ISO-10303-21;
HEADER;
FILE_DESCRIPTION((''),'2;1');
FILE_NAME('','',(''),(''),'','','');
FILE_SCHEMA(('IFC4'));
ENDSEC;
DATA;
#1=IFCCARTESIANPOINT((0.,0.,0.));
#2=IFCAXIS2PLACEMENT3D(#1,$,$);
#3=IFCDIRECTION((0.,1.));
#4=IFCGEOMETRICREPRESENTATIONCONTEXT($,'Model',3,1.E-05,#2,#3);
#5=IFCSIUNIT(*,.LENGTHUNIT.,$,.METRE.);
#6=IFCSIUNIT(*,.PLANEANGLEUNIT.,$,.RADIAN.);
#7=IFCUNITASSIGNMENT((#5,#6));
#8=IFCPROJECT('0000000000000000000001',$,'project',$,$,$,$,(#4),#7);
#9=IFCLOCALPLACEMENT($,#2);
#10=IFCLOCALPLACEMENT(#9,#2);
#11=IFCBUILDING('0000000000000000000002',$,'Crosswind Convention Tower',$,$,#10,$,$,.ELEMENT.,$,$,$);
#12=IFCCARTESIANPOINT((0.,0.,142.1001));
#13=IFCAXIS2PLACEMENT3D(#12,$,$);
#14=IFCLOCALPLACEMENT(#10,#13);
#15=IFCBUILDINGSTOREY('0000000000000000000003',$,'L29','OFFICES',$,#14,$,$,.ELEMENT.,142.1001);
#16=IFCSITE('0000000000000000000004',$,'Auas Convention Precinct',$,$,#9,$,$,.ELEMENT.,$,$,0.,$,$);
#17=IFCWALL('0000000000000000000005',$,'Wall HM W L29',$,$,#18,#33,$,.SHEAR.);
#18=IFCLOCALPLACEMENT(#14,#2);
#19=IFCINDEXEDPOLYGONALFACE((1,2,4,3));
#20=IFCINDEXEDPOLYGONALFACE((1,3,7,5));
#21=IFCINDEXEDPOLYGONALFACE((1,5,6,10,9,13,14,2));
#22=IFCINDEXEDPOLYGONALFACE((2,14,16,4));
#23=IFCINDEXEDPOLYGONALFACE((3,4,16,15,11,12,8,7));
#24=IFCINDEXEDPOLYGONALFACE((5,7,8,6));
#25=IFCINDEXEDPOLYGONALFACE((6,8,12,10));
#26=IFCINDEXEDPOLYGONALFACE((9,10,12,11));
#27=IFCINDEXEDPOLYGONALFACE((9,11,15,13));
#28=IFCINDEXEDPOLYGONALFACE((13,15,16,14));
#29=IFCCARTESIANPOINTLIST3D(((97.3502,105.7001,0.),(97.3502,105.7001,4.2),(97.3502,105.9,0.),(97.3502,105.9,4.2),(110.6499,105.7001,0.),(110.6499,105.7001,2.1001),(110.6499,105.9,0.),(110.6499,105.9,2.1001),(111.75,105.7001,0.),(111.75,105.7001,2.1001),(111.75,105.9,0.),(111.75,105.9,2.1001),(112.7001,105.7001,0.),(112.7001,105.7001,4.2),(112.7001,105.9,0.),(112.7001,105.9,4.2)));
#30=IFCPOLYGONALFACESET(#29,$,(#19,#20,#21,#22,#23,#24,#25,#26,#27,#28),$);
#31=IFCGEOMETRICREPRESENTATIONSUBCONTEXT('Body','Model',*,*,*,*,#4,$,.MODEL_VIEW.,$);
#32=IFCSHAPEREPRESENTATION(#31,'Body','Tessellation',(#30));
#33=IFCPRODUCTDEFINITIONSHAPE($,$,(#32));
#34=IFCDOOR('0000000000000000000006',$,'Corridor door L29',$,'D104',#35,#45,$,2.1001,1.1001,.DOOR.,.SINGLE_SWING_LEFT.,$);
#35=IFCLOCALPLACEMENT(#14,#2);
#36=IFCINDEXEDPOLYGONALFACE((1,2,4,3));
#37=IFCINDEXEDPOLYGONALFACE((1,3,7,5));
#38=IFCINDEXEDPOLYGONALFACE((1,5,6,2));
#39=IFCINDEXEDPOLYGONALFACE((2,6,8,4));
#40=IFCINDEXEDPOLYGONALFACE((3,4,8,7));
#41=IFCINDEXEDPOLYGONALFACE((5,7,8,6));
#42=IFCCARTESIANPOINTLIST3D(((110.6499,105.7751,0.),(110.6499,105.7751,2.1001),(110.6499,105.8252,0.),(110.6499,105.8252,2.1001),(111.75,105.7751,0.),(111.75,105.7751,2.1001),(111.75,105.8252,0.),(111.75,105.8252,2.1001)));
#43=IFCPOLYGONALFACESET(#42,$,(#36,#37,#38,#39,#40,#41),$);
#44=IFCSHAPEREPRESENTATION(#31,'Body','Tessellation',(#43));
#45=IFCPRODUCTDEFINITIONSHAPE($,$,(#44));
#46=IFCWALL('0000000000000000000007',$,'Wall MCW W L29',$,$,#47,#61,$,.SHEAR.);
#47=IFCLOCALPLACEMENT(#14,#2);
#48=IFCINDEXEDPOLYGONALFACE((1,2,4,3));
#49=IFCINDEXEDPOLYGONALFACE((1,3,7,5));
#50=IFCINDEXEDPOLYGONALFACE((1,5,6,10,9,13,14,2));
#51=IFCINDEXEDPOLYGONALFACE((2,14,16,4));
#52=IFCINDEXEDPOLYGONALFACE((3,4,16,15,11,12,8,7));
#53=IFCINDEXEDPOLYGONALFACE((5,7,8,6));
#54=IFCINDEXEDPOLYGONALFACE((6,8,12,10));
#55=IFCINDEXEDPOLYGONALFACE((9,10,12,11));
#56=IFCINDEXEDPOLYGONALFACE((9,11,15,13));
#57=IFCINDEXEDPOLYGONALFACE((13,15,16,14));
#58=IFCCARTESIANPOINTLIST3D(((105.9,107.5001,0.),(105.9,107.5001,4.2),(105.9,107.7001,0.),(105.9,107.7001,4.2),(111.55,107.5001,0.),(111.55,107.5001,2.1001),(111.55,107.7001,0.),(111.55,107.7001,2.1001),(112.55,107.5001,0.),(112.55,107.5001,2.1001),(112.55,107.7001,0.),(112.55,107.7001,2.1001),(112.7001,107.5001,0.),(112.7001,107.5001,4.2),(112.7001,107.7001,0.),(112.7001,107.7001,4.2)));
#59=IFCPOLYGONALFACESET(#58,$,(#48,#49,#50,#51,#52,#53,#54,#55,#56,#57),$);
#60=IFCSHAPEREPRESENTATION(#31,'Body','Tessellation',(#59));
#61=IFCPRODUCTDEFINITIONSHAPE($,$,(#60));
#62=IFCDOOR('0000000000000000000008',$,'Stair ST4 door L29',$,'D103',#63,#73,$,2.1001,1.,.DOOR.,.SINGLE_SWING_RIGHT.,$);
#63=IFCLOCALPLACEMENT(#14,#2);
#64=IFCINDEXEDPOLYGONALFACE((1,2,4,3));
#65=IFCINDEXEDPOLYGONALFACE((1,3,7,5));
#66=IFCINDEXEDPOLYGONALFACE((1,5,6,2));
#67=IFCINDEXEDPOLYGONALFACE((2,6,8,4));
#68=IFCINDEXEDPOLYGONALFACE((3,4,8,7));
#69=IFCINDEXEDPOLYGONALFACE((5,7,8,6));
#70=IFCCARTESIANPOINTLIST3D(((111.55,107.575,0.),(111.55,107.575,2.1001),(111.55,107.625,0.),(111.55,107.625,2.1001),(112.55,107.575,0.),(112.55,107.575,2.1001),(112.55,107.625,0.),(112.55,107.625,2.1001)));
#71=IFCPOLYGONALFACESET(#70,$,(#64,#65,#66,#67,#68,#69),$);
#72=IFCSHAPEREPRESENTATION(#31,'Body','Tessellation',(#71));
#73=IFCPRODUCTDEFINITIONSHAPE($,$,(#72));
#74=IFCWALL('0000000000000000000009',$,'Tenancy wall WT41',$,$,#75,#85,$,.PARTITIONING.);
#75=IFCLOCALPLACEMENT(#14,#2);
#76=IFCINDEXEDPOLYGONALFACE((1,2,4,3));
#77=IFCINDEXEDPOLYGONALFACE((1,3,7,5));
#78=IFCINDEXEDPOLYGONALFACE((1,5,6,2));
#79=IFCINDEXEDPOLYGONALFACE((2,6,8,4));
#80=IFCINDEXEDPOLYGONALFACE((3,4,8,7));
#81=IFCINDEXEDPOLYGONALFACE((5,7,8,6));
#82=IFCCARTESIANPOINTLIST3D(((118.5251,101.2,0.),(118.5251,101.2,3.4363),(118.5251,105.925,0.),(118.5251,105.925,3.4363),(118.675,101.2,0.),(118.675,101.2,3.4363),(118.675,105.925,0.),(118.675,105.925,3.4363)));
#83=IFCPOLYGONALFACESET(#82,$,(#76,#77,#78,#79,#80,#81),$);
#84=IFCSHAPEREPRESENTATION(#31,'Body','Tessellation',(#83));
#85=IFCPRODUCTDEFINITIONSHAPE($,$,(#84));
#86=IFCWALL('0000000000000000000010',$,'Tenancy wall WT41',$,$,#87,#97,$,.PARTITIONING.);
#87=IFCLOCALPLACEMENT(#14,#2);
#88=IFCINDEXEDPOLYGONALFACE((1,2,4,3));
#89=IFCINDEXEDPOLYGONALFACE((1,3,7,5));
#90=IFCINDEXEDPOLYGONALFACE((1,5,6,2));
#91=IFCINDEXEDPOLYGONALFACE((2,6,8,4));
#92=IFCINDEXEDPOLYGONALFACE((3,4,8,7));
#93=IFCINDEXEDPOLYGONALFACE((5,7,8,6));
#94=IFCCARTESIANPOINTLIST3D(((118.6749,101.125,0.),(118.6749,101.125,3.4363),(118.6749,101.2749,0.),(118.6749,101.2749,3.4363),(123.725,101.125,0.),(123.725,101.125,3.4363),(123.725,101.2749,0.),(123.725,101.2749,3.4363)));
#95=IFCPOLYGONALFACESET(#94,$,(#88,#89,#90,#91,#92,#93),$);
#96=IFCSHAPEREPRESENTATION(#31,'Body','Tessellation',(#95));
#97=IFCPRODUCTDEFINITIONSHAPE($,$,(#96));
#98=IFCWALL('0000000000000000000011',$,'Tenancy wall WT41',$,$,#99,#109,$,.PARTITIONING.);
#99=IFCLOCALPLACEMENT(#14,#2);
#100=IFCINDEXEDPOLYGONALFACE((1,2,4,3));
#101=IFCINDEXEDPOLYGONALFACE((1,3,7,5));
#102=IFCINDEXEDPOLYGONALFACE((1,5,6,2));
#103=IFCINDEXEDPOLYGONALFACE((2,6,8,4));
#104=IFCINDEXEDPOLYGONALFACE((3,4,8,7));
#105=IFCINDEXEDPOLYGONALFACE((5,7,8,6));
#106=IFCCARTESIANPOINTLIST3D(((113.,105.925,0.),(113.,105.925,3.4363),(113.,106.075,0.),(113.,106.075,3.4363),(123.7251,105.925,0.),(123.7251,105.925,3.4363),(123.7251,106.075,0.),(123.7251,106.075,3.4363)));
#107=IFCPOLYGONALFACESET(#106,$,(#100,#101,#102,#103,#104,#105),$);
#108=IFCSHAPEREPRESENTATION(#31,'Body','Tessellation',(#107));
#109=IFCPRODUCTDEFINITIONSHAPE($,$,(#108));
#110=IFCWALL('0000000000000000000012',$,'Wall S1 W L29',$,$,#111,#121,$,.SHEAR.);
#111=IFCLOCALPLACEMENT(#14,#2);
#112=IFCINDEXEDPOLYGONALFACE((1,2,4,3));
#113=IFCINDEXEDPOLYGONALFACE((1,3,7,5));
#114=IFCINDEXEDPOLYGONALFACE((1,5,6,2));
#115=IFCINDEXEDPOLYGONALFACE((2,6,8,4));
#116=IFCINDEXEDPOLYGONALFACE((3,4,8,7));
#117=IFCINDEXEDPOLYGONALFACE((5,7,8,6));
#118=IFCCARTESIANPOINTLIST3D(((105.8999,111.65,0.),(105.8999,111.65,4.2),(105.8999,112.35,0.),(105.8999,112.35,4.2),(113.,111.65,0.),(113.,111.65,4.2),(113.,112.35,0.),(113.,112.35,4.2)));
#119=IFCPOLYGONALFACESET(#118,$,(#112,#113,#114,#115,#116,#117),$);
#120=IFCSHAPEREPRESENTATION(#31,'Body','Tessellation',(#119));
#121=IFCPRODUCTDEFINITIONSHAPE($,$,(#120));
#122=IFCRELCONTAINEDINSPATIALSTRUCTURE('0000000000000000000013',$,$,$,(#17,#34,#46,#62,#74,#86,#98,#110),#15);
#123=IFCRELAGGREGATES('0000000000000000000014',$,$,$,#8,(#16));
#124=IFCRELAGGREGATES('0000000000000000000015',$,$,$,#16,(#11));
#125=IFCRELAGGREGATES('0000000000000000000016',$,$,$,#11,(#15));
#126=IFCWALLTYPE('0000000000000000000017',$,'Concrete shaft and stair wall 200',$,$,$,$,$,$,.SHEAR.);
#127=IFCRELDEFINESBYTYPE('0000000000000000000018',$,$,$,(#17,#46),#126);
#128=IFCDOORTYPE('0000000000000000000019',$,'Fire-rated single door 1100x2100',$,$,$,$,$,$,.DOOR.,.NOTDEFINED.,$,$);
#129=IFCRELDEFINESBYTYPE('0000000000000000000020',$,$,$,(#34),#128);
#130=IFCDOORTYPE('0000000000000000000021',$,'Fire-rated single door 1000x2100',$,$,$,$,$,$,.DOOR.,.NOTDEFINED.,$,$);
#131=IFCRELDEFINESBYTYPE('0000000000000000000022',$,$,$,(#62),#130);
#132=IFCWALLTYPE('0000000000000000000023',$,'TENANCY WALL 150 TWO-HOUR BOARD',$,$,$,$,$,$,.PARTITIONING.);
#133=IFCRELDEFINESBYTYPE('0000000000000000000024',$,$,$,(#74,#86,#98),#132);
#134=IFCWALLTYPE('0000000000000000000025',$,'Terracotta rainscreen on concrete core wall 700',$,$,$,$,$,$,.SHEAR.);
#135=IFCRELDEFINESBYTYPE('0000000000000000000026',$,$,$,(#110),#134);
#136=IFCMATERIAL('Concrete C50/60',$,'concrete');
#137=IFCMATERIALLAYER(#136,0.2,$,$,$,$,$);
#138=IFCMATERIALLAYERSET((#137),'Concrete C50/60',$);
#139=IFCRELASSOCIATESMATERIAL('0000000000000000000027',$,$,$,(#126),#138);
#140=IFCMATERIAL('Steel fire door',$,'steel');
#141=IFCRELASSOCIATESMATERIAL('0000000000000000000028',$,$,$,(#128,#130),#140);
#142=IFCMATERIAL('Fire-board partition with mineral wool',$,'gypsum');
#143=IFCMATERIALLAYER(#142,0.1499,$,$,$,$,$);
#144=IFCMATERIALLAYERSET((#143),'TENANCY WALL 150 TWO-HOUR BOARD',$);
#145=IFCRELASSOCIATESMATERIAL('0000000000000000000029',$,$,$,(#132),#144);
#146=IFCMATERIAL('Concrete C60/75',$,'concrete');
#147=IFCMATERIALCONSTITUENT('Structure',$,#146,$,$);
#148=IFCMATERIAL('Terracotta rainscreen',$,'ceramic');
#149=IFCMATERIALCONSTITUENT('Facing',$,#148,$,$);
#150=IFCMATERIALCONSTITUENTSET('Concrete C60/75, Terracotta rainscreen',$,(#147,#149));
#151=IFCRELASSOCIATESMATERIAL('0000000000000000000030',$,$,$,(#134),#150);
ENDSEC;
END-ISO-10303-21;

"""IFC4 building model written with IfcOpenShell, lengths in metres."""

from ifc_helpers import new_model, si_unit, direction, frame, frame_2d, origin, place, context, subcontext, project, spatial, rectangle, extrude, material, layer, layer_set, constituent, constituent_set, type_object, element, fill, save


model = new_model("IFC4")

# Units and contexts
model_context = context("Model", 3, precision=1e-05, world=origin(), true_north=direction((0.0, 1.0)))
body_context = subcontext(model_context, "Body", "Model", "MODEL_VIEW")
ifc_project = project(units=[si_unit("LENGTHUNIT", "METRE"), si_unit("PLANEANGLEUNIT", "RADIAN")], contexts=[model_context])

# Site, building, storey
site_placement = place(None, origin())
site = spatial("IfcSite", under=ifc_project, at=site_placement, Name="Auas Convention Precinct", CompositionType="ELEMENT", RefElevation=0.0)
building_placement = place(site_placement, origin())
building = spatial("IfcBuilding", under=site, at=building_placement, Name="Crosswind Convention Tower", CompositionType="ELEMENT")
storey_placement = place(building_placement, frame((0.0, 0.0, 142.1001)))
storey = spatial("IfcBuildingStorey", under=building, at=storey_placement, Name="L29", Description="OFFICES", CompositionType="ELEMENT", Elevation=142.1001)

# Shared definitions
ifc_material_1 = material(Name="Concrete C50/60", Category="concrete")

# Walls, openings, doors
ifc_layer_1 = layer(ifc_material_1, 0.2)
ifc_layer_set_1 = layer_set([ifc_layer_1], Name="Concrete C50/60")
wall_type_1 = type_object("IfcWallType", Name="Concrete shaft and stair wall 200", PredefinedType="SHEAR", material=ifc_layer_set_1)
wall_1_placement = place(storey_placement, frame((112.7, 105.8, 0.0), z_axis=(0.0, 0.0, 1.0), x_axis=(-1.0, 0.0, 0.0)))
wall_1 = element("IfcWall", 1, at=wall_1_placement, inside=storey, type_object=wall_type_1, Name="Wall HM W L29", PredefinedType="SHEAR", context=body_context, shape_type="SweptSolid", body=[
    extrude(rectangle(XDim=15.3499, YDim=0.2, at=frame_2d((7.6748, 0.0))), origin(), (0.0, 0.0, 1.0), 4.2),
])
opening_1_placement = place(wall_1_placement, frame((0.95, 0.0, 0.0)))
opening_1 = element("IfcOpeningElement", 2, at=opening_1_placement, cuts=wall_1, PredefinedType="OPENING", context=body_context, shape_type="SweptSolid", body=[
    extrude(rectangle(XDim=1.1001, YDim=2.1001, at=frame_2d((0.55, 1.05))), frame((0.0, 0.1099, 0.0), z_axis=(0.0, -1.0, 0.0), x_axis=(1.0, 0.0, 0.0)), (0.0, 0.0, 1.0), 0.22),
])
ifc_material_2 = material(Name="Steel fire door", Category="steel")
door_type_1 = type_object("IfcDoorType", Name="Fire-rated single door 1100x2100", OperationType="NOTDEFINED", PredefinedType="DOOR", material=ifc_material_2)
door_1_placement = place(opening_1_placement, origin())
door_1 = element("IfcDoor", 3, at=door_1_placement, inside=storey, type_object=door_type_1, Name="Corridor door L29", ObjectType="D104", OperationType="SINGLE_SWING_LEFT", OverallHeight=2.1001, OverallWidth=1.1001, PredefinedType="DOOR", context=body_context, shape_type="SweptSolid", body=[
    extrude(rectangle(XDim=1.1001, YDim=2.1001, at=frame_2d((0.55, 1.05))), frame((0.0, 0.0249, 0.0), z_axis=(0.0, -1.0, 0.0), x_axis=(1.0, 0.0, 0.0)), (0.0, 0.0, 1.0), 0.05),
])
fill(opening_1, door_1)
wall_2_placement = place(storey_placement, frame((112.7, 107.6001, 0.0), z_axis=(0.0, 0.0, 1.0), x_axis=(-1.0, 0.0, 0.0)))
wall_2 = element("IfcWall", 4, at=wall_2_placement, inside=storey, type_object=wall_type_1, Name="Wall MCW W L29", PredefinedType="SHEAR", context=body_context, shape_type="SweptSolid", body=[
    extrude(rectangle(XDim=6.8, YDim=0.2, at=frame_2d((3.3999, 0.0))), origin(), (0.0, 0.0, 1.0), 4.2),
])
opening_2_placement = place(wall_2_placement, frame((0.1499, 0.0, 0.0)))
opening_2 = element("IfcOpeningElement", 5, at=opening_2_placement, cuts=wall_2, PredefinedType="OPENING", context=body_context, shape_type="SweptSolid", body=[
    extrude(rectangle(XDim=1.0, YDim=2.1001, at=frame_2d((0.5, 1.05))), frame((0.0, 0.1099, 0.0), z_axis=(0.0, -1.0, 0.0), x_axis=(1.0, 0.0, 0.0)), (0.0, 0.0, 1.0), 0.22),
])
door_type_2 = type_object("IfcDoorType", Name="Fire-rated single door 1000x2100", OperationType="NOTDEFINED", PredefinedType="DOOR", material=ifc_material_2)
door_2_placement = place(opening_2_placement, frame((1.0, 0.0, 0.0), z_axis=(0.0, 0.0, 1.0), x_axis=(-1.0, 0.0, 0.0)))
door_2 = element("IfcDoor", 6, at=door_2_placement, inside=storey, type_object=door_type_2, Name="Stair ST4 door L29", ObjectType="D103", OperationType="SINGLE_SWING_RIGHT", OverallHeight=2.1001, OverallWidth=1.0, PredefinedType="DOOR", context=body_context, shape_type="SweptSolid", body=[
    extrude(rectangle(XDim=1.0, YDim=2.1001, at=frame_2d((0.5, 1.05))), frame((0.0, 0.0249, 0.0), z_axis=(0.0, -1.0, 0.0), x_axis=(1.0, 0.0, 0.0)), (0.0, 0.0, 1.0), 0.05),
])
fill(opening_2, door_2)

# Walls
ifc_material_3 = material(Name="Fire-board partition with mineral wool", Category="gypsum")
ifc_layer_2 = layer(ifc_material_3, 0.1499)
ifc_layer_set_2 = layer_set([ifc_layer_2], Name="TENANCY WALL 150 TWO-HOUR BOARD")
wall_type_2 = type_object("IfcWallType", Name="TENANCY WALL 150 TWO-HOUR BOARD", PredefinedType="PARTITIONING", material=ifc_layer_set_2)
wall_3_placement = place(storey_placement, frame((118.6001, 101.2, 0.0), z_axis=(0.0, 0.0, 1.0), x_axis=(0.0, 1.0, 0.0)))
element("IfcWall", 7, at=wall_3_placement, inside=storey, type_object=wall_type_2, Name="Tenancy wall WT41", PredefinedType="PARTITIONING", context=body_context, shape_type="SweptSolid", body=[
    extrude(rectangle(XDim=4.7251, YDim=0.1499, at=frame_2d((2.3625, 0.0))), origin(), (0.0, 0.0, 1.0), 3.4363),
])
wall_4_placement = place(storey_placement, frame((118.675, 101.2, 0.0), z_axis=(0.0, 0.0, 1.0), x_axis=(1.0, 0.0, 0.0)))
element("IfcWall", 8, at=wall_4_placement, inside=storey, type_object=wall_type_2, Name="Tenancy wall WT41", PredefinedType="PARTITIONING", context=body_context, shape_type="SweptSolid", body=[
    extrude(rectangle(XDim=5.05, YDim=0.1499, at=frame_2d((2.5249, 0.0))), origin(), (0.0, 0.0, 1.0), 3.4363),
])
wall_5_placement = place(storey_placement, frame((113.0, 106.0, 0.0), z_axis=(0.0, 0.0, 1.0), x_axis=(1.0, 0.0, 0.0)))
element("IfcWall", 9, at=wall_5_placement, inside=storey, type_object=wall_type_2, Name="Tenancy wall WT41", PredefinedType="PARTITIONING", context=body_context, shape_type="SweptSolid", body=[
    extrude(rectangle(XDim=10.7251, YDim=0.1499, at=frame_2d((5.3625, 0.0))), origin(), (0.0, 0.0, 1.0), 3.4363),
])
ifc_material_4 = material(Name="Concrete C60/75", Category="concrete")
ifc_constituent_1 = constituent(ifc_material_4, Name="Structure")
ifc_material_5 = material(Name="Terracotta rainscreen", Category="ceramic")
ifc_constituent_2 = constituent(ifc_material_5, Name="Facing")
ifc_constituent_set = constituent_set(constituents=[ifc_constituent_1, ifc_constituent_2], Name="Concrete C60/75, Terracotta rainscreen")
wall_type_3 = type_object("IfcWallType", Name="Terracotta rainscreen on concrete core wall 700", PredefinedType="SHEAR", material=ifc_constituent_set)
wall_6_placement = place(storey_placement, frame((113.0, 112.0, 0.0), z_axis=(0.0, 0.0, 1.0), x_axis=(-1.0, 0.0, 0.0)))
element("IfcWall", 10, at=wall_6_placement, inside=storey, type_object=wall_type_3, Name="Wall S1 W L29", PredefinedType="SHEAR", context=body_context, shape_type="SweptSolid", body=[
    extrude(rectangle(XDim=7.1001, YDim=0.7, at=frame_2d((3.55, 0.0))), origin(), (0.0, 0.0, 1.0), 4.2),
])

save(model, "model.ifc")
